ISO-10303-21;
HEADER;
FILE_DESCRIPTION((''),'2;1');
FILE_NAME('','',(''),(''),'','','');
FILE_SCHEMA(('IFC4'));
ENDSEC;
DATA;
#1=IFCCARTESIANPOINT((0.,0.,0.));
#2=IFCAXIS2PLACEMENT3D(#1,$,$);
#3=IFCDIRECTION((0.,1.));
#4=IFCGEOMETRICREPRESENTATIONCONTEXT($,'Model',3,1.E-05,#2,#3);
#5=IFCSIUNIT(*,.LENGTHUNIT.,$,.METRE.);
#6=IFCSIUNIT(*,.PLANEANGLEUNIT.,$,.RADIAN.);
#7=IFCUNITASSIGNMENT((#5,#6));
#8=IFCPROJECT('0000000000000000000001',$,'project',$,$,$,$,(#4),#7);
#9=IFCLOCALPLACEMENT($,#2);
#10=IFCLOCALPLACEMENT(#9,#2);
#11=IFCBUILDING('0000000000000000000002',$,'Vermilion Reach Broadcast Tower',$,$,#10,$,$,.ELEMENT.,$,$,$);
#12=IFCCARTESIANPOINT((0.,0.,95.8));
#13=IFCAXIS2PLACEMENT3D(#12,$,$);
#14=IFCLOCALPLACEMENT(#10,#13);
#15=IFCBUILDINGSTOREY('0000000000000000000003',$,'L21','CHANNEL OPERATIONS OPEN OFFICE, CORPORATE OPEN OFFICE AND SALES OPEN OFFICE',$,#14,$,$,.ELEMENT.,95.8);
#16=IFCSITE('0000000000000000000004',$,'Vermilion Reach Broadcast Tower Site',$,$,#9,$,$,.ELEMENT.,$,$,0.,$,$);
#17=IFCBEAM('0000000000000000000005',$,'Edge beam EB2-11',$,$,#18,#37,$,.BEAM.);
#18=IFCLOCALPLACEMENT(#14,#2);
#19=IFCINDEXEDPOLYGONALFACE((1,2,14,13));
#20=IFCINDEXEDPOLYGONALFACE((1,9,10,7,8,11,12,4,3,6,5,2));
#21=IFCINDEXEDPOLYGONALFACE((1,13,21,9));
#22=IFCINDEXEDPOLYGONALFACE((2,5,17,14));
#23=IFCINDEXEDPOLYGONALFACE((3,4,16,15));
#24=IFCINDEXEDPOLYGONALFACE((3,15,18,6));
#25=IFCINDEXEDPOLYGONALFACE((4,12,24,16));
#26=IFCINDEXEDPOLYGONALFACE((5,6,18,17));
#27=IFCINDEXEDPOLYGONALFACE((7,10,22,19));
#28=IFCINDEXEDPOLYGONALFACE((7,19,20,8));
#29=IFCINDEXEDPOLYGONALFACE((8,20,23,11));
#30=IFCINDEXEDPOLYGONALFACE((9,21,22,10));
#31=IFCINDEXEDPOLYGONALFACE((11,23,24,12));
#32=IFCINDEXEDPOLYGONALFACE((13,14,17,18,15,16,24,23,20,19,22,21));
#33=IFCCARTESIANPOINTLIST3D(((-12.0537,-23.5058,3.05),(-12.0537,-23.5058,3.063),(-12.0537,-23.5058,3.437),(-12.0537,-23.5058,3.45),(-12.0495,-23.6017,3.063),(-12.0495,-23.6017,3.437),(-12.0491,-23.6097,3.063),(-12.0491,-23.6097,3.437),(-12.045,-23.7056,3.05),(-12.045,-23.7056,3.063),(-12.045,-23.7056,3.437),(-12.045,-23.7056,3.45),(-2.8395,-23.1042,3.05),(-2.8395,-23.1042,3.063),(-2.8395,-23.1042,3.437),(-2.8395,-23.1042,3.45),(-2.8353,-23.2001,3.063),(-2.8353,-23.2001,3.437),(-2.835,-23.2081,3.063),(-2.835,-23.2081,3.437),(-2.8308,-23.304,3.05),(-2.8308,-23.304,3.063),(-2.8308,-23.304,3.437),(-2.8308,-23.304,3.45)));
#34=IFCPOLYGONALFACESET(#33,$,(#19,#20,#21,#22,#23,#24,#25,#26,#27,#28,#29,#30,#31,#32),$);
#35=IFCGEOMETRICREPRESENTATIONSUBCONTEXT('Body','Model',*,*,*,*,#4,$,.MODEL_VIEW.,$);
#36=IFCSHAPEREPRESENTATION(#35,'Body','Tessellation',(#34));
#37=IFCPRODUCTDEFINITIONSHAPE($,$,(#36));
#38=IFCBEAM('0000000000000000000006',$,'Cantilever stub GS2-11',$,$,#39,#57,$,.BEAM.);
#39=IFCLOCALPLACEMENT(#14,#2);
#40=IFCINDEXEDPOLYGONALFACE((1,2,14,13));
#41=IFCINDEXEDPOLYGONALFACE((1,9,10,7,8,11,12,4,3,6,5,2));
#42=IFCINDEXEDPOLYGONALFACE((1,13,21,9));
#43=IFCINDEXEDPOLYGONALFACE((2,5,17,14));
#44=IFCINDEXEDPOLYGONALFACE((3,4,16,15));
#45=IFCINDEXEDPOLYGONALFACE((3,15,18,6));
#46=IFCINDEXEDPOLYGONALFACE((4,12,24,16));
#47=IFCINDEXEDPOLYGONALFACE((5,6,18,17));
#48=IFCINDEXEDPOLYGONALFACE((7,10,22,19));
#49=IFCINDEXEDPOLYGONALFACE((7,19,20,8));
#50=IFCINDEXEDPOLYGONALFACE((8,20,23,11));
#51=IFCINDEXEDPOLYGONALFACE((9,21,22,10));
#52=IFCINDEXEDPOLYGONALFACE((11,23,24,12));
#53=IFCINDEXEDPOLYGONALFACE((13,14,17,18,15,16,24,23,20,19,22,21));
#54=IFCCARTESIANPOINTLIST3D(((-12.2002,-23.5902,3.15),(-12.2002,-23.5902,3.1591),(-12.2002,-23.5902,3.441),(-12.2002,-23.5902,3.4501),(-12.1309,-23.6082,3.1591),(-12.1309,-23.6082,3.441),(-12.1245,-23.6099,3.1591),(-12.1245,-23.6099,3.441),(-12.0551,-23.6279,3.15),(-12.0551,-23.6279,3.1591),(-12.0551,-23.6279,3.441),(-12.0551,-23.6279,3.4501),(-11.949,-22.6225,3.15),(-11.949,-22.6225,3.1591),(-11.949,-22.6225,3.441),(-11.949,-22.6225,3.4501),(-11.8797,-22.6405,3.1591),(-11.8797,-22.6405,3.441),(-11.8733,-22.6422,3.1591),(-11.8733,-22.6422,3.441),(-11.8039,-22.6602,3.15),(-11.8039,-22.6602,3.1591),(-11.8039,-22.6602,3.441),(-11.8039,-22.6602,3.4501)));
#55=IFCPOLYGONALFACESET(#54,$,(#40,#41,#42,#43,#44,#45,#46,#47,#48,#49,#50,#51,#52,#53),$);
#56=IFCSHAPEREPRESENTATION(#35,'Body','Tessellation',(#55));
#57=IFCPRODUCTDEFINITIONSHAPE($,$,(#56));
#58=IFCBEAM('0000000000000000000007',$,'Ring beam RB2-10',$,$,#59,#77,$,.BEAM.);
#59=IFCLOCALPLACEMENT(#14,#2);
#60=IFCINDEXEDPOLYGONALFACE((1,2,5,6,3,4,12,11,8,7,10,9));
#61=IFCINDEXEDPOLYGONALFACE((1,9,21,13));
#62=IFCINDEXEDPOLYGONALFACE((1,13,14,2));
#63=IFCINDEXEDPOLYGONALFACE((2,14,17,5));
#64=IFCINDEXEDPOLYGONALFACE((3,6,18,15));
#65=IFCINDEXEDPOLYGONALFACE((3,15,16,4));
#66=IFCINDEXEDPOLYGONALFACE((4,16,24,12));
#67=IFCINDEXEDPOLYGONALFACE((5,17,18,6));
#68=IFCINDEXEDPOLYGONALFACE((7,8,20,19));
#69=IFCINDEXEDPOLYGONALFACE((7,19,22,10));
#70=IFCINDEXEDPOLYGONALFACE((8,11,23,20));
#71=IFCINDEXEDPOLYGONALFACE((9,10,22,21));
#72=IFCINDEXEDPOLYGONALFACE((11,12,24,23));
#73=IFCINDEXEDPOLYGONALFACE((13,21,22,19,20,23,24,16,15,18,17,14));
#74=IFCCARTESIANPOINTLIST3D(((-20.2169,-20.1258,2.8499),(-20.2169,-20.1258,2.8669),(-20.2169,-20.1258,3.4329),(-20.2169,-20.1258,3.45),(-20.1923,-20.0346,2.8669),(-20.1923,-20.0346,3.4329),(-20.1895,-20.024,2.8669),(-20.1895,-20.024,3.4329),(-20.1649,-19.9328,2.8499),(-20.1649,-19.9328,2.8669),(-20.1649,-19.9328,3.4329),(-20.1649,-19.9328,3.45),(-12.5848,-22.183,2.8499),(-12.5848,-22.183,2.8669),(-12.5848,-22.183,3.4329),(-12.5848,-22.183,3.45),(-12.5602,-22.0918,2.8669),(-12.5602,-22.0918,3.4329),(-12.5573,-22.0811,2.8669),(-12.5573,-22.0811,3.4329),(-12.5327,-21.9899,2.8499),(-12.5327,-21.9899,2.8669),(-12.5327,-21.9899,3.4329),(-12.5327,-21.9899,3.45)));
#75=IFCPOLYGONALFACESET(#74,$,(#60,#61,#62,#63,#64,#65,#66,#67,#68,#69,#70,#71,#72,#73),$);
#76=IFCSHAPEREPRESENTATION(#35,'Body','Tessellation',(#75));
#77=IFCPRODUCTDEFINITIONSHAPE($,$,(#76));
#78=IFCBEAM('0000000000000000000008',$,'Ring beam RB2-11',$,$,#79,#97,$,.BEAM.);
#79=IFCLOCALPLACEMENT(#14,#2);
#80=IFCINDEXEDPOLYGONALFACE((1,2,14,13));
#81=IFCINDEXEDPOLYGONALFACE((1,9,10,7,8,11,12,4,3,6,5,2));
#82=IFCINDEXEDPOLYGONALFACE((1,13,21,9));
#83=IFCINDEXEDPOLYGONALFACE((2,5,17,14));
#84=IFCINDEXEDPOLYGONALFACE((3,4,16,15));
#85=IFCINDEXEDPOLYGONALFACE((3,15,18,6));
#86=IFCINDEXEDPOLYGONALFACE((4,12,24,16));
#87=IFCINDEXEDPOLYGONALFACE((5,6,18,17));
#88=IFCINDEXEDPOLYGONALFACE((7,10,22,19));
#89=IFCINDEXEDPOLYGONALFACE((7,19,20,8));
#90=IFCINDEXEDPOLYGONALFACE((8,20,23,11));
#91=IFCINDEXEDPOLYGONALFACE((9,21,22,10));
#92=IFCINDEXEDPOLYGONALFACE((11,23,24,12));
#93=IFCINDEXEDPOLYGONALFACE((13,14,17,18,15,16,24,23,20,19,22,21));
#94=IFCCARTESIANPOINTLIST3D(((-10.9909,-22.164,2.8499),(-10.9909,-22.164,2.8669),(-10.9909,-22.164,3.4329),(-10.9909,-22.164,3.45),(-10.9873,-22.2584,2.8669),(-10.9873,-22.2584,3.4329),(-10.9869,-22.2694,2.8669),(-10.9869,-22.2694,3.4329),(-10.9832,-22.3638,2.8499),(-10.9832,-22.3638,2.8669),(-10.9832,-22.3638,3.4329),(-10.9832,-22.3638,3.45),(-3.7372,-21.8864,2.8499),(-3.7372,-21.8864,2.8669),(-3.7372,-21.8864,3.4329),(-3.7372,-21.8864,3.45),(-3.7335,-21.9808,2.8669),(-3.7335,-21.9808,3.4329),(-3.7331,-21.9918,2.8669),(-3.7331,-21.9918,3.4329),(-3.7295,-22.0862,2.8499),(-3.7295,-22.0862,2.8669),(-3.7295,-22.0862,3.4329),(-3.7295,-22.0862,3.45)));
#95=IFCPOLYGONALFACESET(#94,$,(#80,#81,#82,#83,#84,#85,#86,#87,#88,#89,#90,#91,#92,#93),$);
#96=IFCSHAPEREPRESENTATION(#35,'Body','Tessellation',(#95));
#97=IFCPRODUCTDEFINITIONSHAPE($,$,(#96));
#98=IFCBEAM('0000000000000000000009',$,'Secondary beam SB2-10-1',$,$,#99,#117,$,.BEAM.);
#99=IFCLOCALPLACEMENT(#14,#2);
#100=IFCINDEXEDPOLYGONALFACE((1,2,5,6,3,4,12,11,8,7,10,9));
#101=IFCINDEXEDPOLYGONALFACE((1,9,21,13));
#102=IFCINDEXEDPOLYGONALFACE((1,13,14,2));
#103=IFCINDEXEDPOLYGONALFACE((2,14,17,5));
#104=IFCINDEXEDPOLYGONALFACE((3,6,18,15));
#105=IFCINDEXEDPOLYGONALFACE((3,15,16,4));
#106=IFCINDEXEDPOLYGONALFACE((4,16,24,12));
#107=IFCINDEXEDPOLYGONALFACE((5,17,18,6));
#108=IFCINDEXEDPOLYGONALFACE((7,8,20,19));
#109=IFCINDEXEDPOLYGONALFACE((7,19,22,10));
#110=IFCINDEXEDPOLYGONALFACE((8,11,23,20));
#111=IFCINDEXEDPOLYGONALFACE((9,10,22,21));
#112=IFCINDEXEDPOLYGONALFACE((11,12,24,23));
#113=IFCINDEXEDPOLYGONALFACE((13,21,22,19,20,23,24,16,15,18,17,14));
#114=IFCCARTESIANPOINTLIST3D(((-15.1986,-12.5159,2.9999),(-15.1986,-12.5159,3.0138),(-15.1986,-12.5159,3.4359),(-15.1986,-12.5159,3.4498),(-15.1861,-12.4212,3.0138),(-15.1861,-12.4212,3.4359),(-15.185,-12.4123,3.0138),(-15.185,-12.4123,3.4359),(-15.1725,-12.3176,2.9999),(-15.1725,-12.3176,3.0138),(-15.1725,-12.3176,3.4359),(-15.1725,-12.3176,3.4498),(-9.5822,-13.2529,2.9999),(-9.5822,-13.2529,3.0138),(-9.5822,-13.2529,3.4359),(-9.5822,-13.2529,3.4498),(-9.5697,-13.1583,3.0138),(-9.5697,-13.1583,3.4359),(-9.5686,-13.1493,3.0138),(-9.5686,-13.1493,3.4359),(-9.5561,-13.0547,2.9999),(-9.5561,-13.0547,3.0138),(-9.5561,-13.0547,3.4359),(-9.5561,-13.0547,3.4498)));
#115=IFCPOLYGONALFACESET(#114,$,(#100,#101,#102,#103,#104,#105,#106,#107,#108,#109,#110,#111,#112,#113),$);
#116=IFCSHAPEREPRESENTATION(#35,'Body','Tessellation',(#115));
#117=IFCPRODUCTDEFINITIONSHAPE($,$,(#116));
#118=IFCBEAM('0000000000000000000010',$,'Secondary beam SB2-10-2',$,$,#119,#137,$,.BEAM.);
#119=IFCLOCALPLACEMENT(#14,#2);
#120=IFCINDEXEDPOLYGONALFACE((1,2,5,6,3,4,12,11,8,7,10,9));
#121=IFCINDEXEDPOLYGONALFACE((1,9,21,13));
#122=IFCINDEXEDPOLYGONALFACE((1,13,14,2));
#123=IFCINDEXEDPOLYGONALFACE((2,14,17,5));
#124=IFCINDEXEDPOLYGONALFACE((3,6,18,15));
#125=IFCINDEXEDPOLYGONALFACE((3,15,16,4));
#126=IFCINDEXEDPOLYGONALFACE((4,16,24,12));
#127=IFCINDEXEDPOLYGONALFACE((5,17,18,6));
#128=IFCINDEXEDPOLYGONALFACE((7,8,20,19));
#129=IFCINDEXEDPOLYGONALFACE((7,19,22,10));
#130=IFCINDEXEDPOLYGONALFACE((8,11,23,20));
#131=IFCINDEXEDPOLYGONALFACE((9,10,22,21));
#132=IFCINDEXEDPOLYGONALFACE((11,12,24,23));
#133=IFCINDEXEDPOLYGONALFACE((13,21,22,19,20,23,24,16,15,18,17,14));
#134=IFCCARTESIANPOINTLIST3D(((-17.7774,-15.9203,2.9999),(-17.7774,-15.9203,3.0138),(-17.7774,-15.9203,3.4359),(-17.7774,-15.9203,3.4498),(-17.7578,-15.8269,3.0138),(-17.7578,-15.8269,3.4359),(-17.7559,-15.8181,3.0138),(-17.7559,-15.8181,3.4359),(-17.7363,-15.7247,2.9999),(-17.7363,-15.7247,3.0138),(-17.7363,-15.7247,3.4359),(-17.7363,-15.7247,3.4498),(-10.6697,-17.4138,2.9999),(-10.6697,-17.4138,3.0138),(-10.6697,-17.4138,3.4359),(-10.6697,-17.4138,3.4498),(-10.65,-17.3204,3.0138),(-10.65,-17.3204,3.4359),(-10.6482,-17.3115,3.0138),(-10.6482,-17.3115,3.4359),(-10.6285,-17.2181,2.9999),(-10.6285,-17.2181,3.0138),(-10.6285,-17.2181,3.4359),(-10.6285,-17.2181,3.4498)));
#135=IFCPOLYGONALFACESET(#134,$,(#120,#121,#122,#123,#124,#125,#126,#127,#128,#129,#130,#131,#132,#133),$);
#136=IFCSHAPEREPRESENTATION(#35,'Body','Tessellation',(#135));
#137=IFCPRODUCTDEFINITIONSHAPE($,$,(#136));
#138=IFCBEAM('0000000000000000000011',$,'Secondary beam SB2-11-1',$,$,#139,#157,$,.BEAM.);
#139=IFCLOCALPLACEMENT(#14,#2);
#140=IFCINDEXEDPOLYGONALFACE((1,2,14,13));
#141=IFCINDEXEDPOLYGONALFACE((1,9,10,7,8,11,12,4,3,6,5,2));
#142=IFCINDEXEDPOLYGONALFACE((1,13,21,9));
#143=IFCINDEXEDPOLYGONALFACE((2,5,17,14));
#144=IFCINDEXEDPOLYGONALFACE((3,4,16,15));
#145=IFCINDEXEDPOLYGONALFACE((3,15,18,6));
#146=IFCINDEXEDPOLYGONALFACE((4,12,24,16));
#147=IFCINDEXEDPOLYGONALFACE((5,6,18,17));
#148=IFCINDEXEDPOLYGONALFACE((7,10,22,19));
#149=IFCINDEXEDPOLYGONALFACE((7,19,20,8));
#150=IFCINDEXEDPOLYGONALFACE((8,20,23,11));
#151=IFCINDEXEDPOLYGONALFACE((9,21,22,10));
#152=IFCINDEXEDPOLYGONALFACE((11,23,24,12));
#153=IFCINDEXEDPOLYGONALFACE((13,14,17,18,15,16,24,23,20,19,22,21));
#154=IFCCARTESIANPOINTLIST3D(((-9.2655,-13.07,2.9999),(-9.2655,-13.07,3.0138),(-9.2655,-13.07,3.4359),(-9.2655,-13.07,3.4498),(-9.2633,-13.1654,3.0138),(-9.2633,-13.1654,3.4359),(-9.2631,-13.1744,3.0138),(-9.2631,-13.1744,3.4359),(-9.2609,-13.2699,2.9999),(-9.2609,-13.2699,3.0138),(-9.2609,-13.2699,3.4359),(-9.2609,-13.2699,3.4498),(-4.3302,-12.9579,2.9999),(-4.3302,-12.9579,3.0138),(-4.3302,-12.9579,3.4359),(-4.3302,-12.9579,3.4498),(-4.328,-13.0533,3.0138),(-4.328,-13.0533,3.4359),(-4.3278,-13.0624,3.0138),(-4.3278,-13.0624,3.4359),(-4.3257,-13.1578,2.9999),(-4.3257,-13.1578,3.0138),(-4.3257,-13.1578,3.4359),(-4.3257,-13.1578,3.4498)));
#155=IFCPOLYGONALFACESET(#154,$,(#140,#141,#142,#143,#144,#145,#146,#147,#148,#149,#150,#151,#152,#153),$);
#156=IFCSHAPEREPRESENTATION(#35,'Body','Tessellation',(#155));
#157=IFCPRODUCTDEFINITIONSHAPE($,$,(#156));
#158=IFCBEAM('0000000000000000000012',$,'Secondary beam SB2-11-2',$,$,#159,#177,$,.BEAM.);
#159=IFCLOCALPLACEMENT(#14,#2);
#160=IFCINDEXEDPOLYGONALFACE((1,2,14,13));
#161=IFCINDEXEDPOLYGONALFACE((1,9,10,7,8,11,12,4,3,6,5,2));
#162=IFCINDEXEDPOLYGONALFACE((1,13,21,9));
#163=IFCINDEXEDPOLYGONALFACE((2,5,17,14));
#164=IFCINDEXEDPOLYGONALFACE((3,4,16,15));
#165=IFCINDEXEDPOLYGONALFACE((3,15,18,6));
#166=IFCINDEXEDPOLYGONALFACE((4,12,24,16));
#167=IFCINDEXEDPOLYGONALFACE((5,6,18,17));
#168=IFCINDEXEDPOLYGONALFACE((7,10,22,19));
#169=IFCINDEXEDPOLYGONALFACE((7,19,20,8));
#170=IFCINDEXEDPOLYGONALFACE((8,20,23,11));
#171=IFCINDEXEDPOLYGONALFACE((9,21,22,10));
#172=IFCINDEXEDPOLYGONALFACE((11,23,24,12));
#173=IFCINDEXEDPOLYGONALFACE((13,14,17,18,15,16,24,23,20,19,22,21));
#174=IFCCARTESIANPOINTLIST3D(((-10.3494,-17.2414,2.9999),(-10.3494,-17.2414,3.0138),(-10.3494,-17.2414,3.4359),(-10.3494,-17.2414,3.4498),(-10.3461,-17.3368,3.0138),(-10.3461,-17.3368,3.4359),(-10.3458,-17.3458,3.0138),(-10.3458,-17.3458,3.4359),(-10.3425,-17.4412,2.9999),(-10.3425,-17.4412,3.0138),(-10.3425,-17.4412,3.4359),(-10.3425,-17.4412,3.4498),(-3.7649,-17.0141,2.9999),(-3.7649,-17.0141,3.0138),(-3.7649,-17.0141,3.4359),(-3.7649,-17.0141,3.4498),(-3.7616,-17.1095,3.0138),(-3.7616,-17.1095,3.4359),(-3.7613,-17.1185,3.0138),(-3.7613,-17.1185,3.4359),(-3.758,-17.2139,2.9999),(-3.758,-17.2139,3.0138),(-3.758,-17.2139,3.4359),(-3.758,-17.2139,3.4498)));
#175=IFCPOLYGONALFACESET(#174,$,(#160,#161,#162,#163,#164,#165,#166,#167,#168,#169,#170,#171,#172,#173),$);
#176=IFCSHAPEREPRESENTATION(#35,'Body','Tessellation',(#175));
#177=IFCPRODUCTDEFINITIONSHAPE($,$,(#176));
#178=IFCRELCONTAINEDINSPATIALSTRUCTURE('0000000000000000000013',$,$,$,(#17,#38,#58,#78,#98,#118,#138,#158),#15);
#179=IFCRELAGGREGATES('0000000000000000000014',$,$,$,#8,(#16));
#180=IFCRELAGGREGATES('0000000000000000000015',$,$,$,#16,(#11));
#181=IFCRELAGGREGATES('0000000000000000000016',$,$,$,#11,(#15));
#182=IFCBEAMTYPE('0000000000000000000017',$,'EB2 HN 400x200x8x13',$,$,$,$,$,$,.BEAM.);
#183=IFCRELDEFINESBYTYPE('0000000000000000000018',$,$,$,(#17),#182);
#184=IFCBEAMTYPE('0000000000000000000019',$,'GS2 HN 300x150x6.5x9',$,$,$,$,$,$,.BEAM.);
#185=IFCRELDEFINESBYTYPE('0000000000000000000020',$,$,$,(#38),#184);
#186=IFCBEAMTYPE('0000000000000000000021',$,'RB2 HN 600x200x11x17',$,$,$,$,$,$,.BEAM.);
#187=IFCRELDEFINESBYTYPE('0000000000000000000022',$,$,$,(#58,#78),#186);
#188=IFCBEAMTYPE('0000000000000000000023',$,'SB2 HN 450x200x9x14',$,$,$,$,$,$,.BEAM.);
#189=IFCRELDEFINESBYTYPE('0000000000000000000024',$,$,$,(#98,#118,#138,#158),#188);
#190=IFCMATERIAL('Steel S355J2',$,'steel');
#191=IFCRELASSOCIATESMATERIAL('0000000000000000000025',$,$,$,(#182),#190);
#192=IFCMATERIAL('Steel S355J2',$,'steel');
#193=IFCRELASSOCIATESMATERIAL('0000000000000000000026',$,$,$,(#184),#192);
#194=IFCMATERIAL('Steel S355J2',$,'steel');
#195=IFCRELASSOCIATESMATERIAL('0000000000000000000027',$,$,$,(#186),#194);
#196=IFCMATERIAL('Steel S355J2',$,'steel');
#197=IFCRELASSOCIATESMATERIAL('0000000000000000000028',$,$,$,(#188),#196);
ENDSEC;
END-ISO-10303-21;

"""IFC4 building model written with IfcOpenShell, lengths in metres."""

from ifc_helpers import new_model, si_unit, direction, frame, origin, origin_2d, place, context, subcontext, project, spatial, i_section, extrude, material, material_profile, profile_set, type_object, element, save


model = new_model("IFC4")

# Units and contexts
model_context = context("Model", 3, precision=1e-05, world=origin(), true_north=direction((0.0, 1.0)))
body_context = subcontext(model_context, "Body", "Model", "MODEL_VIEW")
ifc_project = project(units=[si_unit("LENGTHUNIT", "METRE"), si_unit("PLANEANGLEUNIT", "RADIAN")], contexts=[model_context])

# Site, building, storey
site_placement = place(None, origin())
site = spatial("IfcSite", under=ifc_project, at=site_placement, Name="Vermilion Reach Broadcast Tower Site", CompositionType="ELEMENT", RefElevation=0.0)
building_placement = place(site_placement, origin())
building = spatial("IfcBuilding", under=site, at=building_placement, Name="Vermilion Reach Broadcast Tower", CompositionType="ELEMENT")
storey_placement = place(building_placement, frame((0.0, 0.0, 95.8)))
storey = spatial("IfcBuildingStorey", under=building, at=storey_placement, Name="L21", Description="CHANNEL OPERATIONS OPEN OFFICE, CORPORATE OPEN OFFICE AND SALES OPEN OFFICE", CompositionType="ELEMENT", Elevation=95.8)

# Beams
ifc_material_1 = material(Name="Steel S355J2", Category="steel")
ifc_material_profile_1 = material_profile(ifc_material_1, i_section(OverallWidth=0.2, OverallDepth=0.3999, WebThickness=0.0081, FlangeThickness=0.0129, at=origin_2d()), Name="S355J2 HN 400x200x8x13")
ifc_profile_set_1 = profile_set([ifc_material_profile_1], Name="Steel S355J2")
beam_type_1 = type_object("IfcBeamType", Name="EB2 HN 400x200x8x13", PredefinedType="BEAM", material=ifc_profile_set_1)
beam_1_placement = place(storey_placement, frame((-12.0493, -23.6057, 3.25), z_axis=(0.999051, 0.043545, 0.0), x_axis=(-0.043545, 0.999051, 0.0)))
element("IfcBeam", 1, at=beam_1_placement, inside=storey, type_object=beam_type_1, Name="Edge beam EB2-11", PredefinedType="BEAM", context=body_context, shape_type="SweptSolid", body=[
    extrude(i_section(OverallWidth=0.2, OverallDepth=0.3999, WebThickness=0.0081, FlangeThickness=0.0129, at=origin_2d()), origin(), (0.0, 0.0, 1.0), 9.2229),
])
ifc_material_2 = material(Name="Steel S355J2", Category="steel")
ifc_material_profile_2 = material_profile(ifc_material_2, i_section(OverallWidth=0.1499, OverallDepth=0.3, WebThickness=0.0066, FlangeThickness=0.009, at=origin_2d()), Name="S355J2 HN 300x150x6.5x9")
ifc_profile_set_2 = profile_set([ifc_material_profile_2], Name="Steel S355J2")
beam_type_2 = type_object("IfcBeamType", Name="GS2 HN 300x150x6.5x9", PredefinedType="BEAM", material=ifc_profile_set_2)
beam_2_placement = place(storey_placement, frame((-11.8765, -22.6414, 3.3), z_axis=(-0.251259, -0.96792, 0.0), x_axis=(0.96792, -0.251259, 0.0)))
element("IfcBeam", 2, at=beam_2_placement, inside=storey, type_object=beam_type_2, Name="Cantilever stub GS2-11", PredefinedType="BEAM", context=body_context, shape_type="SweptSolid", body=[
    extrude(i_section(OverallWidth=0.1499, OverallDepth=0.3, WebThickness=0.0066, FlangeThickness=0.009, at=origin_2d()), origin(), (0.0, 0.0, 1.0), 0.9998),
])
ifc_material_3 = material(Name="Steel S355J2", Category="steel")
ifc_material_profile_3 = material_profile(ifc_material_3, i_section(OverallWidth=0.2, OverallDepth=0.6001, WebThickness=0.011, FlangeThickness=0.0171, at=origin_2d()), Name="S355J2 HN 600x200x11x17")
ifc_profile_set_3 = profile_set([ifc_material_profile_3], Name="Steel S355J2")
beam_type_3 = type_object("IfcBeamType", Name="RB2 HN 600x200x11x17", PredefinedType="BEAM", material=ifc_profile_set_3)
beam_3_placement = place(storey_placement, frame((-20.1909, -20.0293, 3.1499), z_axis=(0.965541, -0.260249, 0.0), x_axis=(0.260249, 0.965541, 0.0)))
element("IfcBeam", 3, at=beam_3_placement, inside=storey, type_object=beam_type_3, Name="Ring beam RB2-10", PredefinedType="BEAM", context=body_context, shape_type="SweptSolid", body=[
    extrude(i_section(OverallWidth=0.2, OverallDepth=0.6001, WebThickness=0.011, FlangeThickness=0.0171, at=origin_2d()), origin(), (0.0, 0.0, 1.0), 7.9045),
])
beam_4_placement = place(storey_placement, frame((-10.9871, -22.2639, 3.1499), z_axis=(0.999269, 0.038241, 0.0), x_axis=(-0.038241, 0.999269, 0.0)))
element("IfcBeam", 4, at=beam_4_placement, inside=storey, type_object=beam_type_3, Name="Ring beam RB2-11", PredefinedType="BEAM", context=body_context, shape_type="SweptSolid", body=[
    extrude(i_section(OverallWidth=0.2, OverallDepth=0.6001, WebThickness=0.011, FlangeThickness=0.0171, at=origin_2d()), origin(), (0.0, 0.0, 1.0), 7.259),
])
ifc_material_4 = material(Name="Steel S355J2", Category="steel")
ifc_material_profile_4 = material_profile(ifc_material_4, i_section(OverallWidth=0.2, OverallDepth=0.45, WebThickness=0.009, FlangeThickness=0.0139, at=origin_2d()), Name="S355J2 HN 450x200x9x14")
ifc_profile_set_4 = profile_set([ifc_material_profile_4], Name="Steel S355J2")
beam_type_4 = type_object("IfcBeamType", Name="SB2 HN 450x200x9x14", PredefinedType="BEAM", material=ifc_profile_set_4)
beam_5_placement = place(storey_placement, frame((-15.1855, -12.4167, 3.2249), z_axis=(0.991499, -0.130117, 0.0), x_axis=(0.130117, 0.991499, 0.0)))
element("IfcBeam", 5, at=beam_5_placement, inside=storey, type_object=beam_type_4, Name="Secondary beam SB2-10-1", PredefinedType="BEAM", context=body_context, shape_type="SweptSolid", body=[
    extrude(i_section(OverallWidth=0.2, OverallDepth=0.45, WebThickness=0.009, FlangeThickness=0.0139, at=origin_2d()), origin(), (0.0, 0.0, 1.0), 5.6646),
])
beam_6_placement = place(storey_placement, frame((-17.7568, -15.8225, 3.2249), z_axis=(0.978631, -0.205623, 0.0), x_axis=(0.205623, 0.978631, 0.0)))
element("IfcBeam", 6, at=beam_6_placement, inside=storey, type_object=beam_type_4, Name="Secondary beam SB2-10-2", PredefinedType="BEAM", context=body_context, shape_type="SweptSolid", body=[
    extrude(i_section(OverallWidth=0.2, OverallDepth=0.45, WebThickness=0.009, FlangeThickness=0.0139, at=origin_2d()), origin(), (0.0, 0.0, 1.0), 7.2629),
])
beam_7_placement = place(storey_placement, frame((-9.2632, -13.1699, 3.2249), z_axis=(0.999742, 0.0227, 0.0), x_axis=(-0.0227, 0.999742, 0.0)))
element("IfcBeam", 7, at=beam_7_placement, inside=storey, type_object=beam_type_4, Name="Secondary beam SB2-11-1", PredefinedType="BEAM", context=body_context, shape_type="SweptSolid", body=[
    extrude(i_section(OverallWidth=0.2, OverallDepth=0.45, WebThickness=0.009, FlangeThickness=0.0139, at=origin_2d()), origin(), (0.0, 0.0, 1.0), 4.9365),
])
beam_8_placement = place(storey_placement, frame((-10.3459, -17.3413, 3.2249), z_axis=(0.999405, 0.034499, 0.0), x_axis=(-0.034499, 0.999405, 0.0)))
element("IfcBeam", 8, at=beam_8_placement, inside=storey, type_object=beam_type_4, Name="Secondary beam SB2-11-2", PredefinedType="BEAM", context=body_context, shape_type="SweptSolid", body=[
    extrude(i_section(OverallWidth=0.2, OverallDepth=0.45, WebThickness=0.009, FlangeThickness=0.0139, at=origin_2d()), origin(), (0.0, 0.0, 1.0), 6.5884),
])

save(model, "model.ifc")
